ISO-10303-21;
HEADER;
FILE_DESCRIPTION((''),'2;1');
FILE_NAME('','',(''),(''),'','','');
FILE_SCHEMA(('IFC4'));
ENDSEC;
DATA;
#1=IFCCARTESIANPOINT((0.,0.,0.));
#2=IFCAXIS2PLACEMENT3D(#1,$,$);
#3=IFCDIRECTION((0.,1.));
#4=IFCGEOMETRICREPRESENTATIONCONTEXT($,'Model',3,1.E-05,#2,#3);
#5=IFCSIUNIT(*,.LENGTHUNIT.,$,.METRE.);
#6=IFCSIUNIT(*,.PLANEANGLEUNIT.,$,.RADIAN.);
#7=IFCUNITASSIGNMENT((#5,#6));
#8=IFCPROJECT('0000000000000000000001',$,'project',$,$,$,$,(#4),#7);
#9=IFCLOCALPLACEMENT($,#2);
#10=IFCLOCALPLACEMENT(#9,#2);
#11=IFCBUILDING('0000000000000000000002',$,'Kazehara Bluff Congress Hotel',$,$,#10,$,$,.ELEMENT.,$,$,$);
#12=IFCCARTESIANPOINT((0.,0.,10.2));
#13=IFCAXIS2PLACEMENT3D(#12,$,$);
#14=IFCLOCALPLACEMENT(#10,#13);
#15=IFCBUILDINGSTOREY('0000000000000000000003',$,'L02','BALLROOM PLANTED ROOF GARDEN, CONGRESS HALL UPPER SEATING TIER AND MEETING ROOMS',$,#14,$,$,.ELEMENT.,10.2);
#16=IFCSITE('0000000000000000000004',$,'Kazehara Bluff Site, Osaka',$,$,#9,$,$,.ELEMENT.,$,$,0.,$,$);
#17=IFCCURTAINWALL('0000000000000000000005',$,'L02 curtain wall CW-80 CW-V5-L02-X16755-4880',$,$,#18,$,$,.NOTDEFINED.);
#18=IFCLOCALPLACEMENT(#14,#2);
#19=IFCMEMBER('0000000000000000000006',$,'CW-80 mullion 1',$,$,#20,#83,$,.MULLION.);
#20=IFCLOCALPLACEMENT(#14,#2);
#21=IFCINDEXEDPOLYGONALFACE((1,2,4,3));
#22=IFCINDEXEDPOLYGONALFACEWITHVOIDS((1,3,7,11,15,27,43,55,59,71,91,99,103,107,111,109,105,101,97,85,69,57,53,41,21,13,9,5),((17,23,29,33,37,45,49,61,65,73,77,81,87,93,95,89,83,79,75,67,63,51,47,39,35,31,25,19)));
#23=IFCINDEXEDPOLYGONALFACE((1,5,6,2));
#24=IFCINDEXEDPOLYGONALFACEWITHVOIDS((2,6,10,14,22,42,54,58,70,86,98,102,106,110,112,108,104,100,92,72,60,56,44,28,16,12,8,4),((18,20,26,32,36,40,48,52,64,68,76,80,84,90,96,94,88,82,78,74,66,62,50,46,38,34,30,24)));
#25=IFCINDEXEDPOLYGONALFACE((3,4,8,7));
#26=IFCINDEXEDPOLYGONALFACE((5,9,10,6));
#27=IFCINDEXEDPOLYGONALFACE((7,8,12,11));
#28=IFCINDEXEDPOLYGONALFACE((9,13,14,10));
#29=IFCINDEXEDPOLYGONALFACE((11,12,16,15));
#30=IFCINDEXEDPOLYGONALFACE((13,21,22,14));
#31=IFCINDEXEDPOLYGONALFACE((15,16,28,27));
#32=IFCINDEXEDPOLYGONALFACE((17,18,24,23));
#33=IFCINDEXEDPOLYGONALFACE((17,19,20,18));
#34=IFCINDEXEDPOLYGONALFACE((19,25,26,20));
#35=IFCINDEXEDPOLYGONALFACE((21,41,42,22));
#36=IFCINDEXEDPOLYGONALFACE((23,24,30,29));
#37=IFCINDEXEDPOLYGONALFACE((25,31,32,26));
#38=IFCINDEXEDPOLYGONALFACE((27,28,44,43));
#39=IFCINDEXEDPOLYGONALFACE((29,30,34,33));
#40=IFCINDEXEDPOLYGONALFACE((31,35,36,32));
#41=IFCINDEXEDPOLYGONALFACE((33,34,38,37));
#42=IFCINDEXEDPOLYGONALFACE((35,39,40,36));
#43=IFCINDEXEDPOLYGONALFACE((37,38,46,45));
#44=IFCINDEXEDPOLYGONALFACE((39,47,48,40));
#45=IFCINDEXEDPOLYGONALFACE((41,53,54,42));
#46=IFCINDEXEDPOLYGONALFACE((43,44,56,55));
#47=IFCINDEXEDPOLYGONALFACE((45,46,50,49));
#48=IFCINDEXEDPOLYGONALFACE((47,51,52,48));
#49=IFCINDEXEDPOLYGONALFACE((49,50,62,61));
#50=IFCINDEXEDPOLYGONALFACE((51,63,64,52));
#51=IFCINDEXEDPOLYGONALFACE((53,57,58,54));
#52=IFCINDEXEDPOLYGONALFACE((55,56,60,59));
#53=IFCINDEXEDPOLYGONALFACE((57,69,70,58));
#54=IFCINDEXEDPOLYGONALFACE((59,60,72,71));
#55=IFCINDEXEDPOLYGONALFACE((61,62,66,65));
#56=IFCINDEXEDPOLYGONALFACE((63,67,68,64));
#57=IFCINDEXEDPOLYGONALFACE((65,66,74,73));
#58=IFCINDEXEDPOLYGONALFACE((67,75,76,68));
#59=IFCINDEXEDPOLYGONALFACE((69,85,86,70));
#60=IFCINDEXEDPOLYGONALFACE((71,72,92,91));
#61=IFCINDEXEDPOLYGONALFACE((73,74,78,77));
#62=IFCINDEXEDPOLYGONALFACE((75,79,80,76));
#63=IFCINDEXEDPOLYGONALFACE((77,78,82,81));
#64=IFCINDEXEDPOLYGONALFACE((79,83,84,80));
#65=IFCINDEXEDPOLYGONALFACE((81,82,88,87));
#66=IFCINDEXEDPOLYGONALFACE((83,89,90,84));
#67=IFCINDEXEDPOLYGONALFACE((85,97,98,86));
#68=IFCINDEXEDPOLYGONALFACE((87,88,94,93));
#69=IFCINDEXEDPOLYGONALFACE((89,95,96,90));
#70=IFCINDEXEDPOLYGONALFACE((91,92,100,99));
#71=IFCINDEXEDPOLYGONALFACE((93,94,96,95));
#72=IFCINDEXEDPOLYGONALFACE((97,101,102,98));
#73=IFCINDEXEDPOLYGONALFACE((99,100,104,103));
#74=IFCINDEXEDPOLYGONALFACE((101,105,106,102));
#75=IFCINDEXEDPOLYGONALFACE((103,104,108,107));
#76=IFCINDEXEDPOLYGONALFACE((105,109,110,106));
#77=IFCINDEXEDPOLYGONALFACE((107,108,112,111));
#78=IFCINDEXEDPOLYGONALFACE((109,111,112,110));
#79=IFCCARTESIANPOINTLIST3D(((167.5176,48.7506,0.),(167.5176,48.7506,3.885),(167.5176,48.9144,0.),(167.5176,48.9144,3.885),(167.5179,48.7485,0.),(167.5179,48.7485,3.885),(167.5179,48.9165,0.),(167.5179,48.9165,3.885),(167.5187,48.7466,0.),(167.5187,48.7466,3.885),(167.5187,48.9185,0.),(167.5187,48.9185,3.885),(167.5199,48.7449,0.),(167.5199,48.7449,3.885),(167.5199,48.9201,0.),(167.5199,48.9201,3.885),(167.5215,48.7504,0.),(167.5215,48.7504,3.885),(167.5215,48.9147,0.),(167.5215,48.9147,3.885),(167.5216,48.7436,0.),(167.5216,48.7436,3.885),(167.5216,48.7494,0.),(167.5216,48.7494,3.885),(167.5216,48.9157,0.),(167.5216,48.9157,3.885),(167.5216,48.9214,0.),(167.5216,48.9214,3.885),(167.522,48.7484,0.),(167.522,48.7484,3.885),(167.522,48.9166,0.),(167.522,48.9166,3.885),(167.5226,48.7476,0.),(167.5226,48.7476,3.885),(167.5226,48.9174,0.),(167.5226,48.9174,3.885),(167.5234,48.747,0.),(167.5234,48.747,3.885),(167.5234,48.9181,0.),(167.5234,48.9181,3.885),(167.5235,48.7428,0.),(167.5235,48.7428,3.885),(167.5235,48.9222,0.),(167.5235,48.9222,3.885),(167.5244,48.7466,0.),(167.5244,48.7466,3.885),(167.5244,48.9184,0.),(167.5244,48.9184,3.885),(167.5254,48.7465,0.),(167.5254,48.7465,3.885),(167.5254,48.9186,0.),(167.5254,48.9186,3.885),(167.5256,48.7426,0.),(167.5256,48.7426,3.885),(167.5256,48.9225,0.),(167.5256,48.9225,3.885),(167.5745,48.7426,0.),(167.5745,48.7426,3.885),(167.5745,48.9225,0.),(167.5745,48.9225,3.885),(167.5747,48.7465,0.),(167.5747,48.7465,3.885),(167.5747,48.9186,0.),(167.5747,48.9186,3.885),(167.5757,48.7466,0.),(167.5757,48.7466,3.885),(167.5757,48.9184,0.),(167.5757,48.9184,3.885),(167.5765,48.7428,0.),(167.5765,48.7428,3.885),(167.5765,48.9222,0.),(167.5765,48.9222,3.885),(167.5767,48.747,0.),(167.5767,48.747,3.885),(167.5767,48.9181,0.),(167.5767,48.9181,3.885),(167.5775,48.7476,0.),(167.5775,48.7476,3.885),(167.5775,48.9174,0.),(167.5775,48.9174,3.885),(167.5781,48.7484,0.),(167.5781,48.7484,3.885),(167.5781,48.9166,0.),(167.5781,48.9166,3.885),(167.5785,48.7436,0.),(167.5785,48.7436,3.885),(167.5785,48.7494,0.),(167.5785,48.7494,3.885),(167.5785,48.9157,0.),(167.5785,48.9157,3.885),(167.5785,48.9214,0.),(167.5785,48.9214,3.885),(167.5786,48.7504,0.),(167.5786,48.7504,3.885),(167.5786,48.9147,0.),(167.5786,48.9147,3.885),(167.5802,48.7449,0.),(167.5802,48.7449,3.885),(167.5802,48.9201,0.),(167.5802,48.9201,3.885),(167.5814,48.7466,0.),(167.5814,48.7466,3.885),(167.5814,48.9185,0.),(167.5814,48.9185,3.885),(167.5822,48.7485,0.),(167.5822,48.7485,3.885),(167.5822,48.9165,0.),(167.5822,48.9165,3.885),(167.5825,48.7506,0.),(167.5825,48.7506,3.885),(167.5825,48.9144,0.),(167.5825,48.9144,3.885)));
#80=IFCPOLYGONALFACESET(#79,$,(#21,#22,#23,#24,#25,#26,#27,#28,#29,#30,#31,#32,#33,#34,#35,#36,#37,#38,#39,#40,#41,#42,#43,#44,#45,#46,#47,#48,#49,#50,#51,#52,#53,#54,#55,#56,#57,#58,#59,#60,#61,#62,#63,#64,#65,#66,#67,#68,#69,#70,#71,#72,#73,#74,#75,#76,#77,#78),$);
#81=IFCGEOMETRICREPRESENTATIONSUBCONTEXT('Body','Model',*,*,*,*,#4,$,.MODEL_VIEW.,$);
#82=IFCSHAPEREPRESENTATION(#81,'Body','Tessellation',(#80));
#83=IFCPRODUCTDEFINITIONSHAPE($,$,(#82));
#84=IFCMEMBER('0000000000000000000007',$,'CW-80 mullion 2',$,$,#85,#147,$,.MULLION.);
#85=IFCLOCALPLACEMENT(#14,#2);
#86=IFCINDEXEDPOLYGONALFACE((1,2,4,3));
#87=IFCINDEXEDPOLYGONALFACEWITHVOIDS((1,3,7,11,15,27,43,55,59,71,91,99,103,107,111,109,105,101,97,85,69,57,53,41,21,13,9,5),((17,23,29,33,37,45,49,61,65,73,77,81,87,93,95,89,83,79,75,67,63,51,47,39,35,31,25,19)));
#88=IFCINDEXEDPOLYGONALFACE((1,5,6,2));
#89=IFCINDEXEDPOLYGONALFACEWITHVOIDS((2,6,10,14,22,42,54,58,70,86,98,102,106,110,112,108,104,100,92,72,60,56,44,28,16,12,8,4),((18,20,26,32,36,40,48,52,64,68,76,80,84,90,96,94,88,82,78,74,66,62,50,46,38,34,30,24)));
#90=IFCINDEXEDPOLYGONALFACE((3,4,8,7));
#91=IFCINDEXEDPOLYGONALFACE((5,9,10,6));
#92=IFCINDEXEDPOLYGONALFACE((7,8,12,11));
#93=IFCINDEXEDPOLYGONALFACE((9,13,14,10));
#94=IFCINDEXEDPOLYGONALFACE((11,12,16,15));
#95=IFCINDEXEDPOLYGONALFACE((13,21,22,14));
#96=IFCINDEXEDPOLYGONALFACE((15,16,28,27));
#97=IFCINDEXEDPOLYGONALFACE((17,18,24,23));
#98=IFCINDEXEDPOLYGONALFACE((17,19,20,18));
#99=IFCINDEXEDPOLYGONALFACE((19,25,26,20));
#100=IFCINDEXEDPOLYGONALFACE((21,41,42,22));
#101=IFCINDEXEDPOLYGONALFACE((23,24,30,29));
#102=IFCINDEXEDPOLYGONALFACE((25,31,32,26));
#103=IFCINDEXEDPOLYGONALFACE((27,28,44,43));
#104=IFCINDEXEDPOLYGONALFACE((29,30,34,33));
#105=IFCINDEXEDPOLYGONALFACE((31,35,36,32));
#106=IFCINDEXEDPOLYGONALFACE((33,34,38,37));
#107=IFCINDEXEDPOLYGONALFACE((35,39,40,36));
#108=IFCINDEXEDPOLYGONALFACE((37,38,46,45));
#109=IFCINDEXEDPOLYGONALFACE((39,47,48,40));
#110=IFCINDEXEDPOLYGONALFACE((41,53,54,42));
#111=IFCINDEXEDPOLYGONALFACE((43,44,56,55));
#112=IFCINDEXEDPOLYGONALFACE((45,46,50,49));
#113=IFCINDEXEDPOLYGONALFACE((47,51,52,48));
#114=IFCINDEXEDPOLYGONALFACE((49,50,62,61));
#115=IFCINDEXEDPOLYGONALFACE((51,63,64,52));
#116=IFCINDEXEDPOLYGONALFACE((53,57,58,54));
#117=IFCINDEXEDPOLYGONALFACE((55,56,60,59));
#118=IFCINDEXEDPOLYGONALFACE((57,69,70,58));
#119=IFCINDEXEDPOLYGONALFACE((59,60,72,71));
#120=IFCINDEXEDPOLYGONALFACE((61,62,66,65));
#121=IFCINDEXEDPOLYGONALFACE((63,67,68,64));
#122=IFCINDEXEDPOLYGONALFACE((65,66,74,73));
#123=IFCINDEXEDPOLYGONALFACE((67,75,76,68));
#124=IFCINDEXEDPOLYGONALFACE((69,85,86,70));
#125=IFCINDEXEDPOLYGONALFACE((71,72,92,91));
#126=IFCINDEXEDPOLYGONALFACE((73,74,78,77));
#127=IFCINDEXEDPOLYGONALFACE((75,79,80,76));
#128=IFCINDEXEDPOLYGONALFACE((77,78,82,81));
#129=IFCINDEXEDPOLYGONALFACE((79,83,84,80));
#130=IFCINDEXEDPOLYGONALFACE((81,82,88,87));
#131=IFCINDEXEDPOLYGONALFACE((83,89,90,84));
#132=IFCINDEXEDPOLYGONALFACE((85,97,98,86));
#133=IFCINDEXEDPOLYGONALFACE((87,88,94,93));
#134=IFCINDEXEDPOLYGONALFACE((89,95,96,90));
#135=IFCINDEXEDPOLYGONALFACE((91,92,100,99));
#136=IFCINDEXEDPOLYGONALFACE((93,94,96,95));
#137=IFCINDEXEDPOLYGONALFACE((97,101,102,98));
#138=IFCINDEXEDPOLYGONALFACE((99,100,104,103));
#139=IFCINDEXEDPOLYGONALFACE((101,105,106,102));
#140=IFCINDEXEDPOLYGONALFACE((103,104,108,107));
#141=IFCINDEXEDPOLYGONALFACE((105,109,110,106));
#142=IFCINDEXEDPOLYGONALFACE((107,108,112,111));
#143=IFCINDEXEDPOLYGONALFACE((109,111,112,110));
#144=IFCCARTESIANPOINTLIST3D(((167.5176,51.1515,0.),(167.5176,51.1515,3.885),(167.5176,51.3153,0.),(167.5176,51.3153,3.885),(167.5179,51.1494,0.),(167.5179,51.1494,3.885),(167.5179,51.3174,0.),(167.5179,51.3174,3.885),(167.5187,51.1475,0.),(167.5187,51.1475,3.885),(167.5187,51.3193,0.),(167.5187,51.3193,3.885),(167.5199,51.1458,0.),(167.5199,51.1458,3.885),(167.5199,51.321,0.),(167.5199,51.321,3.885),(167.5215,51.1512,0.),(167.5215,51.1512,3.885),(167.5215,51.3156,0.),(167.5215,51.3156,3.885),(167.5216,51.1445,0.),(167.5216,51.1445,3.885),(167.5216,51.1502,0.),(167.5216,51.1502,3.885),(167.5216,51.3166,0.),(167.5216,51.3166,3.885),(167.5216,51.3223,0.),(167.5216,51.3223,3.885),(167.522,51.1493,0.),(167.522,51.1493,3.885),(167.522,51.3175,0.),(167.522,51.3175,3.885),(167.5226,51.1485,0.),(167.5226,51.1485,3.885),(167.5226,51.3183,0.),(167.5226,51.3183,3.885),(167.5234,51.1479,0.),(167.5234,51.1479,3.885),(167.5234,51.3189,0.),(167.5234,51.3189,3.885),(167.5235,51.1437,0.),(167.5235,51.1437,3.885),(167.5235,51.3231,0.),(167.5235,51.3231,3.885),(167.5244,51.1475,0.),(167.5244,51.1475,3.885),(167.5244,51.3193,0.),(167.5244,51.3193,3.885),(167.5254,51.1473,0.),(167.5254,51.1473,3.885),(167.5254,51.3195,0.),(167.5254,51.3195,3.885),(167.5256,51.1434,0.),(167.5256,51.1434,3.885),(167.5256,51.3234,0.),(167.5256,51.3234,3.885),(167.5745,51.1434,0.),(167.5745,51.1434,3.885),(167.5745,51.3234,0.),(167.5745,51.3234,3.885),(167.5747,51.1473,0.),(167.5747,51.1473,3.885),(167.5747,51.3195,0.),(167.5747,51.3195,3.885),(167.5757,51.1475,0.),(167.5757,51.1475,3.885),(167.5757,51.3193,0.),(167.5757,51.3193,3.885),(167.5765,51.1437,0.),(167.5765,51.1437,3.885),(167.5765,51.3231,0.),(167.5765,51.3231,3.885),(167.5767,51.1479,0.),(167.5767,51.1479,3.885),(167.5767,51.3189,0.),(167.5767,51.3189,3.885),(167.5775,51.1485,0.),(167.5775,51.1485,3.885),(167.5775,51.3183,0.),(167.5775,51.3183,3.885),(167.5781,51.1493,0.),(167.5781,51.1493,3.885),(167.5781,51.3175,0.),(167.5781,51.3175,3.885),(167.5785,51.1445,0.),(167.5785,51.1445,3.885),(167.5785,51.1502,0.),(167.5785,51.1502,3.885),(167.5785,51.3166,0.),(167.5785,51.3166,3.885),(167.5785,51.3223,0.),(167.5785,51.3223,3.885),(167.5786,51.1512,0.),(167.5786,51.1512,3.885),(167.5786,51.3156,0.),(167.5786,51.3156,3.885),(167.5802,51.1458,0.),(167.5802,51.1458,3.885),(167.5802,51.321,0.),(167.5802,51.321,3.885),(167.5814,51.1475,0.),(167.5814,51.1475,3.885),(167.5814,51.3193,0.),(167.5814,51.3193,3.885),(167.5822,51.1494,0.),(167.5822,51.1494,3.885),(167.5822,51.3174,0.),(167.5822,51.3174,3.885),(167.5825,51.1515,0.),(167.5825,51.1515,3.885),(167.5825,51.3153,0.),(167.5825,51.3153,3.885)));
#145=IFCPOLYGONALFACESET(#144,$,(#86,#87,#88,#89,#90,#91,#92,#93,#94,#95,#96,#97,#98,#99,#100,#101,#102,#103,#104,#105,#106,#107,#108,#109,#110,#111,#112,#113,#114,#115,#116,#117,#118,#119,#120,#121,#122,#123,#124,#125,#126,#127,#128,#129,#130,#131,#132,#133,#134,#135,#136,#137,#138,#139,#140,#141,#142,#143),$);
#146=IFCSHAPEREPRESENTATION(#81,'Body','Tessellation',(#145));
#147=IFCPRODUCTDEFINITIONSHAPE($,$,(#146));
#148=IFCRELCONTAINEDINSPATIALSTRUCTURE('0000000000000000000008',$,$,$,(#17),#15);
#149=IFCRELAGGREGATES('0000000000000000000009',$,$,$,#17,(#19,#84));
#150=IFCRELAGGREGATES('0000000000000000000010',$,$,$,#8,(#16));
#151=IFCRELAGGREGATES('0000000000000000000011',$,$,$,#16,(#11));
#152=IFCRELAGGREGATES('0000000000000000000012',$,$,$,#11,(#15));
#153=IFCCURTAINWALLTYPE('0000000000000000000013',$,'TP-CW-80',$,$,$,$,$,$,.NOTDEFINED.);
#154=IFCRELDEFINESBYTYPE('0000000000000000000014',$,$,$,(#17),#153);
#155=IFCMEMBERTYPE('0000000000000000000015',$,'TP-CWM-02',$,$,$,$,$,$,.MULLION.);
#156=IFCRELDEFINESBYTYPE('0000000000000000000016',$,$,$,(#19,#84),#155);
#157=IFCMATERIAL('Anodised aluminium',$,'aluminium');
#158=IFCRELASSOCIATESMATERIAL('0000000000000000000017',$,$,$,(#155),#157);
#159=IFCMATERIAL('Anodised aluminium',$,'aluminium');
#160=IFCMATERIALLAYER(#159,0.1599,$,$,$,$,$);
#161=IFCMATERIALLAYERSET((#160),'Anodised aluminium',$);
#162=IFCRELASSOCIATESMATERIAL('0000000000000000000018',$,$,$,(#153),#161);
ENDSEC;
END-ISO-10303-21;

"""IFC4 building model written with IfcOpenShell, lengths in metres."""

from ifc_helpers import new_model, si_unit, direction, frame, origin, origin_2d, place, context, subcontext, project, spatial, hollow_rectangle, extrude, material, layer, layer_set, material_profile, profile_set, type_object, element, aggregate, save


model = new_model("IFC4")

# Units and contexts
model_context = context("Model", 3, precision=1e-05, world=origin(), true_north=direction((0.0, 1.0)))
body_context = subcontext(model_context, "Body", "Model", "MODEL_VIEW")
ifc_project = project(units=[si_unit("LENGTHUNIT", "METRE"), si_unit("PLANEANGLEUNIT", "RADIAN")], contexts=[model_context])

# Site, building, storey
site_placement = place(None, origin())
site = spatial("IfcSite", under=ifc_project, at=site_placement, Name="Kazehara Bluff Site, Osaka", CompositionType="ELEMENT", RefElevation=0.0)
building_placement = place(site_placement, origin())
building = spatial("IfcBuilding", under=site, at=building_placement, Name="Kazehara Bluff Congress Hotel", CompositionType="ELEMENT")
storey_placement = place(building_placement, frame((0.0, 0.0, 10.2)))
storey = spatial("IfcBuildingStorey", under=building, at=storey_placement, Name="L02", Description="BALLROOM PLANTED ROOF GARDEN, CONGRESS HALL UPPER SEATING TIER AND MEETING ROOMS", CompositionType="ELEMENT", Elevation=10.2)

# Shared definitions
ifc_material_1 = material(Name="Anodised aluminium", Category="aluminium")
ifc_material_profile_1 = material_profile(ifc_material_1, hollow_rectangle(XDim=0.0649, YDim=0.1799, WallThickness=0.0039, InnerFilletRadius=0.0039, OuterFilletRadius=0.0081, at=origin_2d()))
ifc_profile_set_1 = profile_set([ifc_material_profile_1], Name="Anodised aluminium")
member_type_1 = type_object("IfcMemberType", Name="TP-CWM-02", PredefinedType="MULLION", material=ifc_profile_set_1)

# Curtain wall, members
ifc_material_2 = material(Name="Anodised aluminium", Category="aluminium")
ifc_layer_1 = layer(ifc_material_2, 0.1599)
ifc_layer_set_1 = layer_set([ifc_layer_1], Name="Anodised aluminium")
curtain_wall_type_1 = type_object("IfcCurtainWallType", Name="TP-CW-80", PredefinedType="NOTDEFINED", material=ifc_layer_set_1)
curtain_wall_1_placement = place(storey_placement, origin())
curtain_wall_1 = element("IfcCurtainWall", 1, at=curtain_wall_1_placement, inside=storey, type_object=curtain_wall_type_1, Name="L02 curtain wall CW-80 CW-V5-L02-X16755-4880", PredefinedType="NOTDEFINED")
member_1_placement = place(storey_placement, frame((167.55, 48.8325, 0.0), z_axis=(0.0, 0.0, 1.0), x_axis=(-1.0, 0.0, 0.0)))
member_1 = element("IfcMember", 2, at=member_1_placement, type_object=member_type_1, Name="CW-80 mullion 1", PredefinedType="MULLION", context=body_context, shape_type="SweptSolid", body=[
    extrude(hollow_rectangle(XDim=0.0649, YDim=0.1799, WallThickness=0.0039, InnerFilletRadius=0.0039, OuterFilletRadius=0.0081, at=origin_2d()), origin(), (0.0, 0.0, 1.0), 3.885),
])
member_2_placement = place(storey_placement, frame((167.55, 51.2334, 0.0), z_axis=(0.0, 0.0, 1.0), x_axis=(-1.0, 0.0, 0.0)))
member_2 = element("IfcMember", 3, at=member_2_placement, type_object=member_type_1, Name="CW-80 mullion 2", PredefinedType="MULLION", context=body_context, shape_type="SweptSolid", body=[
    extrude(hollow_rectangle(XDim=0.0649, YDim=0.1799, WallThickness=0.0039, InnerFilletRadius=0.0039, OuterFilletRadius=0.0081, at=origin_2d()), origin(), (0.0, 0.0, 1.0), 3.885),
])

aggregate(curtain_wall_1, [member_1, member_2])

save(model, "model.ifc")
